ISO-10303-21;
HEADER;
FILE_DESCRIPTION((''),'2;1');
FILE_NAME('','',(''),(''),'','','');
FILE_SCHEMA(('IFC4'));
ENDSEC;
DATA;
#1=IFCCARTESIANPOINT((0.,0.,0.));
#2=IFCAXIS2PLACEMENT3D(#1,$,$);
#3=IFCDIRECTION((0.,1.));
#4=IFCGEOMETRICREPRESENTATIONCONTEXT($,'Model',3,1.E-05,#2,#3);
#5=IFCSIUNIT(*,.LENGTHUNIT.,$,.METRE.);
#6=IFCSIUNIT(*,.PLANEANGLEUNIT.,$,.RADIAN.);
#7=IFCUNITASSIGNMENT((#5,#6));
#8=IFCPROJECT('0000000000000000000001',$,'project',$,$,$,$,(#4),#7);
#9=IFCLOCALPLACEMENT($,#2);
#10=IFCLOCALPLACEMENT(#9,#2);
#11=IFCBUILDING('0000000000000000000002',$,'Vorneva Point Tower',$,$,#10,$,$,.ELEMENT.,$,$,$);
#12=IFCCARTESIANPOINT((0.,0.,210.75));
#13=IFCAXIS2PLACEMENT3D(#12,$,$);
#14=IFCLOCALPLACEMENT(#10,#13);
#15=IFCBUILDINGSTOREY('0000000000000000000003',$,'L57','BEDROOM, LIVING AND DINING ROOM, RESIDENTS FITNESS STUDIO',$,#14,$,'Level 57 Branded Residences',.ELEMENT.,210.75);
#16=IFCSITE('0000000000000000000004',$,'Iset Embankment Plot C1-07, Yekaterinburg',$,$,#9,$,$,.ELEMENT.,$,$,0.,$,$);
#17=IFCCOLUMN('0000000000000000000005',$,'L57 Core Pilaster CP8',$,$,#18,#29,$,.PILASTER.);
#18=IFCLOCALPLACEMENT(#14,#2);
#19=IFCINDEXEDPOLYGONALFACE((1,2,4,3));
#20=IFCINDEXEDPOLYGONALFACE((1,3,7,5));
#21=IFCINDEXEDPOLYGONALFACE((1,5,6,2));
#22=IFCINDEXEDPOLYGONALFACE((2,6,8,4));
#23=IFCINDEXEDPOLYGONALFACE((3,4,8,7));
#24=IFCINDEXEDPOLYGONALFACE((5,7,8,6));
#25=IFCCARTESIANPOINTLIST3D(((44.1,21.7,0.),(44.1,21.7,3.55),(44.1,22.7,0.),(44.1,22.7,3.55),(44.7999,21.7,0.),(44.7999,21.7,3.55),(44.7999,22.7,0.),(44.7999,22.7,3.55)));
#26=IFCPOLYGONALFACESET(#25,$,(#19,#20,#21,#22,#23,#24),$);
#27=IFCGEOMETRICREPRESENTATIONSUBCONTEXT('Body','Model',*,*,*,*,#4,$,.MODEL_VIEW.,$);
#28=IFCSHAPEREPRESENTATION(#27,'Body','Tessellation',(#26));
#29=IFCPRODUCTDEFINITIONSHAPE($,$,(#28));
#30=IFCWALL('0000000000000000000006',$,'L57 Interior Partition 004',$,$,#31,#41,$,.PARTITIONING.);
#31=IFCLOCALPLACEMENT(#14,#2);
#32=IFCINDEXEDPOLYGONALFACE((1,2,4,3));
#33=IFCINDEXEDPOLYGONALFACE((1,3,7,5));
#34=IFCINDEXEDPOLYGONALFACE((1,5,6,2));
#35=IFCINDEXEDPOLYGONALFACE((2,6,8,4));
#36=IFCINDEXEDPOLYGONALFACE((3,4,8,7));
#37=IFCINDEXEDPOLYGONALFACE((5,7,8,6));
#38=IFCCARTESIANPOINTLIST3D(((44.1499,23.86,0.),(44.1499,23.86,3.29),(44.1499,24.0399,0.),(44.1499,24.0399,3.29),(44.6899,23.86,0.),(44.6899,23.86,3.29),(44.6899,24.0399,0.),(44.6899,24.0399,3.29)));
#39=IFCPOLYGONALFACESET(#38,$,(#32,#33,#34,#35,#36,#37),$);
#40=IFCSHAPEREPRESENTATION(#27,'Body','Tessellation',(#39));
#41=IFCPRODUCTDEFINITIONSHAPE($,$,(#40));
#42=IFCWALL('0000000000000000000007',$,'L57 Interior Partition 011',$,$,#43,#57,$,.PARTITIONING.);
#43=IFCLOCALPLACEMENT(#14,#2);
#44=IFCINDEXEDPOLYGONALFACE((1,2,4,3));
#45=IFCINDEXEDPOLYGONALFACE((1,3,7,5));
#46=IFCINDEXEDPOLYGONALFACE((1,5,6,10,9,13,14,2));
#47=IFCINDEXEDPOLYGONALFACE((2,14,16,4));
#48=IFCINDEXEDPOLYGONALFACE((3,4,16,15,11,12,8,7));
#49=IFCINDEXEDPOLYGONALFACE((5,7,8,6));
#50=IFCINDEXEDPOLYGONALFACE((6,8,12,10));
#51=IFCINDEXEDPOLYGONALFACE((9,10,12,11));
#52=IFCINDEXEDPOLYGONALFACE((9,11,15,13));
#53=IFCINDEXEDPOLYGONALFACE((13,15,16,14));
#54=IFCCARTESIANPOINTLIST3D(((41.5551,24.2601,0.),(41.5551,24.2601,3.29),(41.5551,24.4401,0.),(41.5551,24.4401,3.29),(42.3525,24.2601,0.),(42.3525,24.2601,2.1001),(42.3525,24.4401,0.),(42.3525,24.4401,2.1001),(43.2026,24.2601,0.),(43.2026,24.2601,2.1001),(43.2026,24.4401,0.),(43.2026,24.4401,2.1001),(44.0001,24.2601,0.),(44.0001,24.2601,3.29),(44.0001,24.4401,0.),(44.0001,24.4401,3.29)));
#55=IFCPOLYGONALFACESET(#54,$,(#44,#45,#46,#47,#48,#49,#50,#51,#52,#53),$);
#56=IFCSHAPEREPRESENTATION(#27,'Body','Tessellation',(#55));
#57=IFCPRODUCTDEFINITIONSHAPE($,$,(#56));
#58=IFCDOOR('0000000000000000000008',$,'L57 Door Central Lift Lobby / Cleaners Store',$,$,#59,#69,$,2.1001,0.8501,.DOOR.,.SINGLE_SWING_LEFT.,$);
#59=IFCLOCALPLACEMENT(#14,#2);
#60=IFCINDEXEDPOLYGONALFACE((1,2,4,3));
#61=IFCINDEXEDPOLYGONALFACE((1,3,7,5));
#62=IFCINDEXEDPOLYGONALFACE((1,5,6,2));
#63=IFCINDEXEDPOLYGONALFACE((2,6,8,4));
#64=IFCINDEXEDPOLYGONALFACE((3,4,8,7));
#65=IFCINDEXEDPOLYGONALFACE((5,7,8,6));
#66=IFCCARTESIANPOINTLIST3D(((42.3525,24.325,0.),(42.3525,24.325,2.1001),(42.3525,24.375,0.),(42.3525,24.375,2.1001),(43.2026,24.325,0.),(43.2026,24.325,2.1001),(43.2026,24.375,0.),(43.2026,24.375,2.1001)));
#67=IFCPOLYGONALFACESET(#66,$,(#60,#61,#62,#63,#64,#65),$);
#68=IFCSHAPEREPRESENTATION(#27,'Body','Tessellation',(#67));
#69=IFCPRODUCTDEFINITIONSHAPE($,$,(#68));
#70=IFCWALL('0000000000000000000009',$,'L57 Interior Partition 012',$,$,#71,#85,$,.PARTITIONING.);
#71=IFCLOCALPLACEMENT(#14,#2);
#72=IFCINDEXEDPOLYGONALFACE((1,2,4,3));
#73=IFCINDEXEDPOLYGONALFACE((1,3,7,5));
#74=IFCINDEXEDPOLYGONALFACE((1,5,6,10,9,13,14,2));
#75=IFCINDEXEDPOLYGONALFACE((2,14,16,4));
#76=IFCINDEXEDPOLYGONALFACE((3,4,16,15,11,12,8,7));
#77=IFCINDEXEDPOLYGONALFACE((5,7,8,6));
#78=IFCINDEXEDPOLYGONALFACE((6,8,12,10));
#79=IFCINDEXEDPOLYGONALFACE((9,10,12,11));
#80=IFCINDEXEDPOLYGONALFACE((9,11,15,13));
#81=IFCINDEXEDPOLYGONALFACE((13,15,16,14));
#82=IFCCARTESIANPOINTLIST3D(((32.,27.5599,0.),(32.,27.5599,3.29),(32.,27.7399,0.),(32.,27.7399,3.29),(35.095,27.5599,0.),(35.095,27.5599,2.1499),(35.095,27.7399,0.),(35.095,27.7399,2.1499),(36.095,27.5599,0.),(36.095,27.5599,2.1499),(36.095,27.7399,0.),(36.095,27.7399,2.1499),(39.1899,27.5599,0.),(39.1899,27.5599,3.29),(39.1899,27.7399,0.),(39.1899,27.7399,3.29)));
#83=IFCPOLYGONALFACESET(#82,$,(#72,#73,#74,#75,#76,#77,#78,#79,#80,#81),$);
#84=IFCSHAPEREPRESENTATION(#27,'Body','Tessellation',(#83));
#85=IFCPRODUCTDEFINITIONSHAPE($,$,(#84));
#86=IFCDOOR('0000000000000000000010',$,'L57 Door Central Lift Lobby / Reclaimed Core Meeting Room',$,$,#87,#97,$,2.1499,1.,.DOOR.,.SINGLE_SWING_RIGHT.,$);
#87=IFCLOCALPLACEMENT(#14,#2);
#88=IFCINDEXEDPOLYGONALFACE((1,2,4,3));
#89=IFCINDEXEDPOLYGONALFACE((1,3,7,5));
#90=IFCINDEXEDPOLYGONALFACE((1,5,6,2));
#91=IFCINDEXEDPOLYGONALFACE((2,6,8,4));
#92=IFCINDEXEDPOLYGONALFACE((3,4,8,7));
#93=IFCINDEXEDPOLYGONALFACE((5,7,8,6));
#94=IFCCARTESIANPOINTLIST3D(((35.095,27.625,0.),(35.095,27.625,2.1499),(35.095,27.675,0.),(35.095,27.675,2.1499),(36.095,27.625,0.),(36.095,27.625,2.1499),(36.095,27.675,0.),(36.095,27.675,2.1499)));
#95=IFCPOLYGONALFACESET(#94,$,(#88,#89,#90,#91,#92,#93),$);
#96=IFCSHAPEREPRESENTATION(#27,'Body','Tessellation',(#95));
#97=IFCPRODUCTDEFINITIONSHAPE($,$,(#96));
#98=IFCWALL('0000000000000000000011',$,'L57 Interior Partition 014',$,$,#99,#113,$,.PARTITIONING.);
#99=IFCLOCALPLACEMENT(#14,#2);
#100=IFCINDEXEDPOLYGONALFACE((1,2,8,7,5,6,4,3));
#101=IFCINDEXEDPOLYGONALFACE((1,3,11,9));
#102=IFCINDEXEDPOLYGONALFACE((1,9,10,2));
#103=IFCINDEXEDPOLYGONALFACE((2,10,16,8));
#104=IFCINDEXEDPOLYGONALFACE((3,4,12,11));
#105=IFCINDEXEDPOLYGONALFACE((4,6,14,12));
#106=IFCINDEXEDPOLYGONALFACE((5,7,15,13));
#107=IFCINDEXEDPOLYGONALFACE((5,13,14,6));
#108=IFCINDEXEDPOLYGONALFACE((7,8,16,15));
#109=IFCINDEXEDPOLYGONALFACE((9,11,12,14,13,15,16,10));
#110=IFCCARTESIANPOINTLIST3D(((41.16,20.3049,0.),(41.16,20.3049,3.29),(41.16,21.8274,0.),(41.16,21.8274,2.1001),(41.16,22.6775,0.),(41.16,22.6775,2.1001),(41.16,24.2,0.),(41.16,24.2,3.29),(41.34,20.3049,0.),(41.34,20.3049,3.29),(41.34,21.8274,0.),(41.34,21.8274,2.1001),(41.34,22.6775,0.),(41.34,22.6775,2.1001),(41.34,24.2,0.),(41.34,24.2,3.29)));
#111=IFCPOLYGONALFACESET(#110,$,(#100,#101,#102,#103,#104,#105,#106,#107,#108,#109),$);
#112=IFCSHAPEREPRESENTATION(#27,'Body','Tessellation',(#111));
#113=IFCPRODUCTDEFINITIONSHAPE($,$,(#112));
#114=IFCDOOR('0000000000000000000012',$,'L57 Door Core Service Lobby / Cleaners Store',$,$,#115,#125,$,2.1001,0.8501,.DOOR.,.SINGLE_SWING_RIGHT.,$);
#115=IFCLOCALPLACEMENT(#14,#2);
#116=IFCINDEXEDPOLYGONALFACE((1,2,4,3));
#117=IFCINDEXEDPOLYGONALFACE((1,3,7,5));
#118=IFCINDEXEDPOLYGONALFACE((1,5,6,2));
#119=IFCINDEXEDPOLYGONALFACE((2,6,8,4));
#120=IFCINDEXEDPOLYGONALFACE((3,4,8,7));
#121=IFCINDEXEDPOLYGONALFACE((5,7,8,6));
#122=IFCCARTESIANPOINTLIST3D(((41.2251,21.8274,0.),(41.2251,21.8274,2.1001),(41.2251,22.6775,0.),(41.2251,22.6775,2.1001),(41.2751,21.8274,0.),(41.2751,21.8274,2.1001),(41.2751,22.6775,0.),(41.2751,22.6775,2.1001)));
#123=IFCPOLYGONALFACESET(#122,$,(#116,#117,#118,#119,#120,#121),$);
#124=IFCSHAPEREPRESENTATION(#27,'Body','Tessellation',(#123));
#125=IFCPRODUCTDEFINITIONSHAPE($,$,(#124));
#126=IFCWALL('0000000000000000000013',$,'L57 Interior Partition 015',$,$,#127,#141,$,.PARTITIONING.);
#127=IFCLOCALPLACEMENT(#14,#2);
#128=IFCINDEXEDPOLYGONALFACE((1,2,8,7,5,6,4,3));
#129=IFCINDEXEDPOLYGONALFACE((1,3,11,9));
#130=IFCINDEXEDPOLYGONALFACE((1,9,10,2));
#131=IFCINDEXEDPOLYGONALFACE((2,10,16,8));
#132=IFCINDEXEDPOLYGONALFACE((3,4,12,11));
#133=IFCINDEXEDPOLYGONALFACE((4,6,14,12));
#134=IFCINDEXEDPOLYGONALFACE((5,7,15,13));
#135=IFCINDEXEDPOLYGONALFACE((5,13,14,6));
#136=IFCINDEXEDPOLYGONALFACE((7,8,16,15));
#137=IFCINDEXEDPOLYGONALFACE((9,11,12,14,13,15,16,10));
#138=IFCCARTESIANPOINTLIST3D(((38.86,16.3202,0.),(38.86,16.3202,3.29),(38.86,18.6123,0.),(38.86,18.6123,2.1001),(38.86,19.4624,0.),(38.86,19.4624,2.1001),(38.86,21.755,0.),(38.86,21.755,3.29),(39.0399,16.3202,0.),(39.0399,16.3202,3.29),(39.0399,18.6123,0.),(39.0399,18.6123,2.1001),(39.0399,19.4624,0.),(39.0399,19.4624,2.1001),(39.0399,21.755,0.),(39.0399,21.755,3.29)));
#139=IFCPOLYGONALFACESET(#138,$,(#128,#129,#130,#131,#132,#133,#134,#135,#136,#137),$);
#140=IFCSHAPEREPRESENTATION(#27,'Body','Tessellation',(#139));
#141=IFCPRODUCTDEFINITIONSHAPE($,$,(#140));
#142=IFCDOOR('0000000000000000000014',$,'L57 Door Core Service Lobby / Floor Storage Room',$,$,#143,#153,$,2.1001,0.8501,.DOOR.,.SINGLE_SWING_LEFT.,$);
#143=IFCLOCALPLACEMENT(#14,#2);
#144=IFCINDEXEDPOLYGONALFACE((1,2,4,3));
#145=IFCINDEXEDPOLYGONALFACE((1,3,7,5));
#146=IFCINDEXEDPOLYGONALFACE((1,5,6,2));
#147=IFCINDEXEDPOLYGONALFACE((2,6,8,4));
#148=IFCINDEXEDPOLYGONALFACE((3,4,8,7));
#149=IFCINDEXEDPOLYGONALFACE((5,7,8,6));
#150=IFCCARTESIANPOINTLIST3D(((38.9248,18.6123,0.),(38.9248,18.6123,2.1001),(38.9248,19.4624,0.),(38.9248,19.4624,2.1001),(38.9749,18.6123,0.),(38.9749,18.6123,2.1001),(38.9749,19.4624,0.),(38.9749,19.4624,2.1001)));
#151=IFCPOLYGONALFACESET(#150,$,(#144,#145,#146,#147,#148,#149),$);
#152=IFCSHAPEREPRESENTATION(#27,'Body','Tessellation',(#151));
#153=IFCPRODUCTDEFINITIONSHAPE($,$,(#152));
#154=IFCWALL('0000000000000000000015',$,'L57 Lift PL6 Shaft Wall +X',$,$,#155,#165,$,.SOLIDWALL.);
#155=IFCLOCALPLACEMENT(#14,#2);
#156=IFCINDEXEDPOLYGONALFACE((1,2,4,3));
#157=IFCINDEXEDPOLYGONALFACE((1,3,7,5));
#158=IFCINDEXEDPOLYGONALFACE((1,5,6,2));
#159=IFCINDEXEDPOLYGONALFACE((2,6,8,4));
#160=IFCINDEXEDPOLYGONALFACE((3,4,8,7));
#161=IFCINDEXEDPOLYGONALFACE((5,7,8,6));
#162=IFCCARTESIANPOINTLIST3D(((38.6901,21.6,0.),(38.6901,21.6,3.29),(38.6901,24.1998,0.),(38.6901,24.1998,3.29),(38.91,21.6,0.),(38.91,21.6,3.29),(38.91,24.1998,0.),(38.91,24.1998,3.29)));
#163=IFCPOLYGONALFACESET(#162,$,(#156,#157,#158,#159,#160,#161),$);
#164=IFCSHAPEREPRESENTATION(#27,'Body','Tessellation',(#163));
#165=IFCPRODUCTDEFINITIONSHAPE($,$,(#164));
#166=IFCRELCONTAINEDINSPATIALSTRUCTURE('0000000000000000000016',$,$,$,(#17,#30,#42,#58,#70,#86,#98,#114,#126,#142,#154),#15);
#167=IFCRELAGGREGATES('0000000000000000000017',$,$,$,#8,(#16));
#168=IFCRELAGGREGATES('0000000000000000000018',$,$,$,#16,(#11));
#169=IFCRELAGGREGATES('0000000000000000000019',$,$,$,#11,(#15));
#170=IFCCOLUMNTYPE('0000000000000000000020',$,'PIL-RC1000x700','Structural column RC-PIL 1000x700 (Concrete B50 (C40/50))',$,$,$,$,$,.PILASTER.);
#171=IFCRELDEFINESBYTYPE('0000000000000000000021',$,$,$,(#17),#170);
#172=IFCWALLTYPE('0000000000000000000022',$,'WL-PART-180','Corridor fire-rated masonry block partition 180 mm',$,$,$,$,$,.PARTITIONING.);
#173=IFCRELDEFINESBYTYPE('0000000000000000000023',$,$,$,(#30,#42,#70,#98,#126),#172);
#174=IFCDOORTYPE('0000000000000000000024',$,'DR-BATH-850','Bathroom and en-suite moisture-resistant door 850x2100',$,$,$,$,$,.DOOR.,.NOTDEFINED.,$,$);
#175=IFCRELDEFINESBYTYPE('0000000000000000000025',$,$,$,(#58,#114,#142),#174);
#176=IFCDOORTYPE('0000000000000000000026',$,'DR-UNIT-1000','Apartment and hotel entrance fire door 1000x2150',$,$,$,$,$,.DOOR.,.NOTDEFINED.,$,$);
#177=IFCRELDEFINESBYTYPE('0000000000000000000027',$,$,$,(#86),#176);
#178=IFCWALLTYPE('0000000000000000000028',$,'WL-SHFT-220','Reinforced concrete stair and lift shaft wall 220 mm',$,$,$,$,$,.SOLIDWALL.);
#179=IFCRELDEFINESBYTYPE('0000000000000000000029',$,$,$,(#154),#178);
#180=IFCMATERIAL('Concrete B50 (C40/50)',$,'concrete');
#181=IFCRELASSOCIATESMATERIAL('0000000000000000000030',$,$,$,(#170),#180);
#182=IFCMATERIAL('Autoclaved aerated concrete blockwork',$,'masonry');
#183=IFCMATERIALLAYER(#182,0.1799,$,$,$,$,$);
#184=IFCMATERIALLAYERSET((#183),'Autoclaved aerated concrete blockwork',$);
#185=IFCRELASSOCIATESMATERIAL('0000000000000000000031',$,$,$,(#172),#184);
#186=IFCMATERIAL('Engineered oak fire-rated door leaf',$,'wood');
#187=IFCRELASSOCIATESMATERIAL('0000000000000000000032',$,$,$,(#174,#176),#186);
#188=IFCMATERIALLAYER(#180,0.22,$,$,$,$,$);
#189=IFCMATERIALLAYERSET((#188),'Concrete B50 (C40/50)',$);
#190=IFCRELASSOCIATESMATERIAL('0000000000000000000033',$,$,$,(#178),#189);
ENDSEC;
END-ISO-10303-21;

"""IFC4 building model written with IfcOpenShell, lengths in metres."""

from ifc_helpers import new_model, si_unit, direction, frame, frame_2d, origin, origin_2d, place, context, subcontext, project, spatial, rectangle, extrude, material, layer, layer_set, material_profile, profile_set, type_object, element, fill, save


model = new_model("IFC4")

# Units and contexts
model_context = context("Model", 3, precision=1e-05, world=origin(), true_north=direction((0.0, 1.0)))
body_context = subcontext(model_context, "Body", "Model", "MODEL_VIEW")
ifc_project = project(units=[si_unit("LENGTHUNIT", "METRE"), si_unit("PLANEANGLEUNIT", "RADIAN")], contexts=[model_context])

# Site, building, storey
site_placement = place(None, origin())
site = spatial("IfcSite", under=ifc_project, at=site_placement, Name="Iset Embankment Plot C1-07, Yekaterinburg", CompositionType="ELEMENT", RefElevation=0.0)
building_placement = place(site_placement, origin())
building = spatial("IfcBuilding", under=site, at=building_placement, Name="Vorneva Point Tower", CompositionType="ELEMENT")
storey_placement = place(building_placement, frame((0.0, 0.0, 210.75)))
storey = spatial("IfcBuildingStorey", under=building, at=storey_placement, Name="L57", Description="BEDROOM, LIVING AND DINING ROOM, RESIDENTS FITNESS STUDIO", LongName="Level 57 Branded Residences", CompositionType="ELEMENT", Elevation=210.75)

# Column
ifc_material_1 = material(Name="Concrete B50 (C40/50)", Category="concrete")
ifc_material_profile = material_profile(ifc_material_1, rectangle(XDim=0.7, YDim=1.0, at=origin_2d()), Name="RC-PIL 1000x700")
ifc_profile_set = profile_set([ifc_material_profile], Name="Concrete B50 (C40/50)")
column_type = type_object("IfcColumnType", Name="PIL-RC1000x700", Description="Structural column RC-PIL 1000x700 (Concrete B50 (C40/50))", PredefinedType="PILASTER", material=ifc_profile_set)
column_placement = place(storey_placement, frame((44.45, 22.2, 0.0), z_axis=(0.0, 0.0, 1.0), x_axis=(1.0, 0.0, 0.0)))
element("IfcColumn", 1, at=column_placement, inside=storey, type_object=column_type, Name="L57 Core Pilaster CP8", PredefinedType="PILASTER", context=body_context, shape_type="SweptSolid", body=[
    extrude(rectangle(XDim=0.7, YDim=1.0, at=origin_2d()), origin(), (0.0, 0.0, 1.0), 3.55),
])

# Wall
ifc_material_2 = material(Name="Autoclaved aerated concrete blockwork", Category="masonry")
ifc_layer_1 = layer(ifc_material_2, 0.1799)
ifc_layer_set_1 = layer_set([ifc_layer_1], Name="Autoclaved aerated concrete blockwork")
wall_type_1 = type_object("IfcWallType", Name="WL-PART-180", Description="Corridor fire-rated masonry block partition 180 mm", PredefinedType="PARTITIONING", material=ifc_layer_set_1)
wall_1_placement = place(storey_placement, frame((44.1499, 23.95, 0.0), z_axis=(0.0, 0.0, 1.0), x_axis=(1.0, 0.0, 0.0)))
element("IfcWall", 2, at=wall_1_placement, inside=storey, type_object=wall_type_1, Name="L57 Interior Partition 004", PredefinedType="PARTITIONING", context=body_context, shape_type="SweptSolid", body=[
    extrude(rectangle(XDim=0.54, YDim=0.1799, at=frame_2d((0.27, 0.0))), origin(), (0.0, 0.0, 1.0), 3.29),
])

# Walls, openings, doors
wall_2_placement = place(storey_placement, frame((41.5549, 24.3501, 0.0), z_axis=(0.0, 0.0, 1.0), x_axis=(1.0, 0.0, 0.0)))
wall_2 = element("IfcWall", 3, at=wall_2_placement, inside=storey, type_object=wall_type_1, Name="L57 Interior Partition 011", PredefinedType="PARTITIONING", context=body_context, shape_type="SweptSolid", body=[
    extrude(rectangle(XDim=2.4451, YDim=0.1799, at=frame_2d((1.2227, 0.0))), origin(), (0.0, 0.0, 1.0), 3.29),
])
opening_1_placement = place(wall_2_placement, frame((0.7976, 0.0, 0.0)))
opening_1 = element("IfcOpeningElement", 4, at=opening_1_placement, cuts=wall_2, PredefinedType="OPENING", context=body_context, shape_type="SweptSolid", body=[
    extrude(rectangle(XDim=0.8501, YDim=2.1001, at=frame_2d((0.425, 1.05))), frame((0.0, 0.105, 0.0), z_axis=(0.0, -1.0, 0.0), x_axis=(1.0, 0.0, 0.0)), (0.0, 0.0, 1.0), 0.2097),
])
ifc_material_3 = material(Name="Engineered oak fire-rated door leaf", Category="wood")
door_type_1 = type_object("IfcDoorType", Name="DR-BATH-850", Description="Bathroom and en-suite moisture-resistant door 850x2100", OperationType="NOTDEFINED", PredefinedType="DOOR", material=ifc_material_3)
door_1_placement = place(opening_1_placement, origin())
door_1 = element("IfcDoor", 5, at=door_1_placement, inside=storey, type_object=door_type_1, Name="L57 Door Central Lift Lobby / Cleaners Store", OperationType="SINGLE_SWING_LEFT", OverallHeight=2.1001, OverallWidth=0.8501, PredefinedType="DOOR", context=body_context, shape_type="SweptSolid", body=[
    extrude(rectangle(XDim=0.8501, YDim=2.1001, at=frame_2d((0.425, 1.05))), frame((0.0, 0.0249, 0.0), z_axis=(0.0, -1.0, 0.0), x_axis=(1.0, 0.0, 0.0)), (0.0, 0.0, 1.0), 0.05),
])
fill(opening_1, door_1)
wall_3_placement = place(storey_placement, frame((39.1899, 27.6499, 0.0), z_axis=(0.0, 0.0, 1.0), x_axis=(-1.0, 0.0, 0.0)))
wall_3 = element("IfcWall", 6, at=wall_3_placement, inside=storey, type_object=wall_type_1, Name="L57 Interior Partition 012", PredefinedType="PARTITIONING", context=body_context, shape_type="SweptSolid", body=[
    extrude(rectangle(XDim=7.1899, YDim=0.1799, at=frame_2d((3.595, 0.0))), origin(), (0.0, 0.0, 1.0), 3.29),
])
opening_2_placement = place(wall_3_placement, frame((3.095, 0.0, 0.0)))
opening_2 = element("IfcOpeningElement", 7, at=opening_2_placement, cuts=wall_3, PredefinedType="OPENING", context=body_context, shape_type="SweptSolid", body=[
    extrude(rectangle(XDim=1.0, YDim=2.1499, at=frame_2d((0.5, 1.075))), frame((0.0, 0.105, 0.0), z_axis=(0.0, -1.0, 0.0), x_axis=(1.0, 0.0, 0.0)), (0.0, 0.0, 1.0), 0.2097),
])
door_type_2 = type_object("IfcDoorType", Name="DR-UNIT-1000", Description="Apartment and hotel entrance fire door 1000x2150", OperationType="NOTDEFINED", PredefinedType="DOOR", material=ifc_material_3)
door_2_placement = place(opening_2_placement, origin())
door_2 = element("IfcDoor", 8, at=door_2_placement, inside=storey, type_object=door_type_2, Name="L57 Door Central Lift Lobby / Reclaimed Core Meeting Room", OperationType="SINGLE_SWING_RIGHT", OverallHeight=2.1499, OverallWidth=1.0, PredefinedType="DOOR", context=body_context, shape_type="SweptSolid", body=[
    extrude(rectangle(XDim=1.0, YDim=2.1499, at=frame_2d((0.5, 1.075))), frame((0.0, 0.0249, 0.0), z_axis=(0.0, -1.0, 0.0), x_axis=(1.0, 0.0, 0.0)), (0.0, 0.0, 1.0), 0.05),
])
fill(opening_2, door_2)
wall_4_placement = place(storey_placement, frame((41.25, 20.3049, 0.0), z_axis=(0.0, 0.0, 1.0), x_axis=(0.0, 1.0, 0.0)))
wall_4 = element("IfcWall", 9, at=wall_4_placement, inside=storey, type_object=wall_type_1, Name="L57 Interior Partition 014", PredefinedType="PARTITIONING", context=body_context, shape_type="SweptSolid", body=[
    extrude(rectangle(XDim=3.895, YDim=0.1799, at=frame_2d((1.9475, 0.0))), origin(), (0.0, 0.0, 1.0), 3.29),
])
opening_3_placement = place(wall_4_placement, frame((1.5225, 0.0, 0.0)))
opening_3 = element("IfcOpeningElement", 10, at=opening_3_placement, cuts=wall_4, PredefinedType="OPENING", context=body_context, shape_type="SweptSolid", body=[
    extrude(rectangle(XDim=0.8501, YDim=2.1001, at=frame_2d((0.425, 1.05))), frame((0.0, 0.105, 0.0), z_axis=(0.0, -1.0, 0.0), x_axis=(1.0, 0.0, 0.0)), (0.0, 0.0, 1.0), 0.2097),
])
door_3_placement = place(opening_3_placement, origin())
door_3 = element("IfcDoor", 11, at=door_3_placement, inside=storey, type_object=door_type_1, Name="L57 Door Core Service Lobby / Cleaners Store", OperationType="SINGLE_SWING_RIGHT", OverallHeight=2.1001, OverallWidth=0.8501, PredefinedType="DOOR", context=body_context, shape_type="SweptSolid", body=[
    extrude(rectangle(XDim=0.8501, YDim=2.1001, at=frame_2d((0.425, 1.05))), frame((0.0, 0.0249, 0.0), z_axis=(0.0, -1.0, 0.0), x_axis=(1.0, 0.0, 0.0)), (0.0, 0.0, 1.0), 0.05),
])
fill(opening_3, door_3)
wall_5_placement = place(storey_placement, frame((38.95, 21.7549, 0.0), z_axis=(0.0, 0.0, 1.0), x_axis=(0.0, -1.0, 0.0)))
wall_5 = element("IfcWall", 12, at=wall_5_placement, inside=storey, type_object=wall_type_1, Name="L57 Interior Partition 015", PredefinedType="PARTITIONING", context=body_context, shape_type="SweptSolid", body=[
    extrude(rectangle(XDim=5.4348, YDim=0.1799, at=frame_2d((2.7173, 0.0))), origin(), (0.0, 0.0, 1.0), 3.29),
])
opening_4_placement = place(wall_5_placement, frame((2.2925, 0.0, 0.0)))
opening_4 = element("IfcOpeningElement", 13, at=opening_4_placement, cuts=wall_5, PredefinedType="OPENING", context=body_context, shape_type="SweptSolid", body=[
    extrude(rectangle(XDim=0.8501, YDim=2.1001, at=frame_2d((0.425, 1.05))), frame((0.0, 0.105, 0.0), z_axis=(0.0, -1.0, 0.0), x_axis=(1.0, 0.0, 0.0)), (0.0, 0.0, 1.0), 0.2097),
])
door_4_placement = place(opening_4_placement, origin())
door_4 = element("IfcDoor", 14, at=door_4_placement, inside=storey, type_object=door_type_1, Name="L57 Door Core Service Lobby / Floor Storage Room", OperationType="SINGLE_SWING_LEFT", OverallHeight=2.1001, OverallWidth=0.8501, PredefinedType="DOOR", context=body_context, shape_type="SweptSolid", body=[
    extrude(rectangle(XDim=0.8501, YDim=2.1001, at=frame_2d((0.425, 1.05))), frame((0.0, 0.0249, 0.0), z_axis=(0.0, -1.0, 0.0), x_axis=(1.0, 0.0, 0.0)), (0.0, 0.0, 1.0), 0.05),
])
fill(opening_4, door_4)
ifc_layer_2 = layer(ifc_material_1, 0.22)
ifc_layer_set_2 = layer_set([ifc_layer_2], Name="Concrete B50 (C40/50)")
wall_type_2 = type_object("IfcWallType", Name="WL-SHFT-220", Description="Reinforced concrete stair and lift shaft wall 220 mm", PredefinedType="SOLIDWALL", material=ifc_layer_set_2)

# Wall
wall_6_placement = place(storey_placement, frame((38.8, 21.6001, 0.0), z_axis=(0.0, 0.0, 1.0), x_axis=(0.0, 1.0, 0.0)))
element("IfcWall", 15, at=wall_6_placement, inside=storey, type_object=wall_type_2, Name="L57 Lift PL6 Shaft Wall +X", PredefinedType="SOLIDWALL", context=body_context, shape_type="SweptSolid", body=[
    extrude(rectangle(XDim=2.5999, YDim=0.22, at=frame_2d((1.2998, 0.0))), origin(), (0.0, 0.0, 1.0), 3.29),
])

save(model, "model.ifc")
